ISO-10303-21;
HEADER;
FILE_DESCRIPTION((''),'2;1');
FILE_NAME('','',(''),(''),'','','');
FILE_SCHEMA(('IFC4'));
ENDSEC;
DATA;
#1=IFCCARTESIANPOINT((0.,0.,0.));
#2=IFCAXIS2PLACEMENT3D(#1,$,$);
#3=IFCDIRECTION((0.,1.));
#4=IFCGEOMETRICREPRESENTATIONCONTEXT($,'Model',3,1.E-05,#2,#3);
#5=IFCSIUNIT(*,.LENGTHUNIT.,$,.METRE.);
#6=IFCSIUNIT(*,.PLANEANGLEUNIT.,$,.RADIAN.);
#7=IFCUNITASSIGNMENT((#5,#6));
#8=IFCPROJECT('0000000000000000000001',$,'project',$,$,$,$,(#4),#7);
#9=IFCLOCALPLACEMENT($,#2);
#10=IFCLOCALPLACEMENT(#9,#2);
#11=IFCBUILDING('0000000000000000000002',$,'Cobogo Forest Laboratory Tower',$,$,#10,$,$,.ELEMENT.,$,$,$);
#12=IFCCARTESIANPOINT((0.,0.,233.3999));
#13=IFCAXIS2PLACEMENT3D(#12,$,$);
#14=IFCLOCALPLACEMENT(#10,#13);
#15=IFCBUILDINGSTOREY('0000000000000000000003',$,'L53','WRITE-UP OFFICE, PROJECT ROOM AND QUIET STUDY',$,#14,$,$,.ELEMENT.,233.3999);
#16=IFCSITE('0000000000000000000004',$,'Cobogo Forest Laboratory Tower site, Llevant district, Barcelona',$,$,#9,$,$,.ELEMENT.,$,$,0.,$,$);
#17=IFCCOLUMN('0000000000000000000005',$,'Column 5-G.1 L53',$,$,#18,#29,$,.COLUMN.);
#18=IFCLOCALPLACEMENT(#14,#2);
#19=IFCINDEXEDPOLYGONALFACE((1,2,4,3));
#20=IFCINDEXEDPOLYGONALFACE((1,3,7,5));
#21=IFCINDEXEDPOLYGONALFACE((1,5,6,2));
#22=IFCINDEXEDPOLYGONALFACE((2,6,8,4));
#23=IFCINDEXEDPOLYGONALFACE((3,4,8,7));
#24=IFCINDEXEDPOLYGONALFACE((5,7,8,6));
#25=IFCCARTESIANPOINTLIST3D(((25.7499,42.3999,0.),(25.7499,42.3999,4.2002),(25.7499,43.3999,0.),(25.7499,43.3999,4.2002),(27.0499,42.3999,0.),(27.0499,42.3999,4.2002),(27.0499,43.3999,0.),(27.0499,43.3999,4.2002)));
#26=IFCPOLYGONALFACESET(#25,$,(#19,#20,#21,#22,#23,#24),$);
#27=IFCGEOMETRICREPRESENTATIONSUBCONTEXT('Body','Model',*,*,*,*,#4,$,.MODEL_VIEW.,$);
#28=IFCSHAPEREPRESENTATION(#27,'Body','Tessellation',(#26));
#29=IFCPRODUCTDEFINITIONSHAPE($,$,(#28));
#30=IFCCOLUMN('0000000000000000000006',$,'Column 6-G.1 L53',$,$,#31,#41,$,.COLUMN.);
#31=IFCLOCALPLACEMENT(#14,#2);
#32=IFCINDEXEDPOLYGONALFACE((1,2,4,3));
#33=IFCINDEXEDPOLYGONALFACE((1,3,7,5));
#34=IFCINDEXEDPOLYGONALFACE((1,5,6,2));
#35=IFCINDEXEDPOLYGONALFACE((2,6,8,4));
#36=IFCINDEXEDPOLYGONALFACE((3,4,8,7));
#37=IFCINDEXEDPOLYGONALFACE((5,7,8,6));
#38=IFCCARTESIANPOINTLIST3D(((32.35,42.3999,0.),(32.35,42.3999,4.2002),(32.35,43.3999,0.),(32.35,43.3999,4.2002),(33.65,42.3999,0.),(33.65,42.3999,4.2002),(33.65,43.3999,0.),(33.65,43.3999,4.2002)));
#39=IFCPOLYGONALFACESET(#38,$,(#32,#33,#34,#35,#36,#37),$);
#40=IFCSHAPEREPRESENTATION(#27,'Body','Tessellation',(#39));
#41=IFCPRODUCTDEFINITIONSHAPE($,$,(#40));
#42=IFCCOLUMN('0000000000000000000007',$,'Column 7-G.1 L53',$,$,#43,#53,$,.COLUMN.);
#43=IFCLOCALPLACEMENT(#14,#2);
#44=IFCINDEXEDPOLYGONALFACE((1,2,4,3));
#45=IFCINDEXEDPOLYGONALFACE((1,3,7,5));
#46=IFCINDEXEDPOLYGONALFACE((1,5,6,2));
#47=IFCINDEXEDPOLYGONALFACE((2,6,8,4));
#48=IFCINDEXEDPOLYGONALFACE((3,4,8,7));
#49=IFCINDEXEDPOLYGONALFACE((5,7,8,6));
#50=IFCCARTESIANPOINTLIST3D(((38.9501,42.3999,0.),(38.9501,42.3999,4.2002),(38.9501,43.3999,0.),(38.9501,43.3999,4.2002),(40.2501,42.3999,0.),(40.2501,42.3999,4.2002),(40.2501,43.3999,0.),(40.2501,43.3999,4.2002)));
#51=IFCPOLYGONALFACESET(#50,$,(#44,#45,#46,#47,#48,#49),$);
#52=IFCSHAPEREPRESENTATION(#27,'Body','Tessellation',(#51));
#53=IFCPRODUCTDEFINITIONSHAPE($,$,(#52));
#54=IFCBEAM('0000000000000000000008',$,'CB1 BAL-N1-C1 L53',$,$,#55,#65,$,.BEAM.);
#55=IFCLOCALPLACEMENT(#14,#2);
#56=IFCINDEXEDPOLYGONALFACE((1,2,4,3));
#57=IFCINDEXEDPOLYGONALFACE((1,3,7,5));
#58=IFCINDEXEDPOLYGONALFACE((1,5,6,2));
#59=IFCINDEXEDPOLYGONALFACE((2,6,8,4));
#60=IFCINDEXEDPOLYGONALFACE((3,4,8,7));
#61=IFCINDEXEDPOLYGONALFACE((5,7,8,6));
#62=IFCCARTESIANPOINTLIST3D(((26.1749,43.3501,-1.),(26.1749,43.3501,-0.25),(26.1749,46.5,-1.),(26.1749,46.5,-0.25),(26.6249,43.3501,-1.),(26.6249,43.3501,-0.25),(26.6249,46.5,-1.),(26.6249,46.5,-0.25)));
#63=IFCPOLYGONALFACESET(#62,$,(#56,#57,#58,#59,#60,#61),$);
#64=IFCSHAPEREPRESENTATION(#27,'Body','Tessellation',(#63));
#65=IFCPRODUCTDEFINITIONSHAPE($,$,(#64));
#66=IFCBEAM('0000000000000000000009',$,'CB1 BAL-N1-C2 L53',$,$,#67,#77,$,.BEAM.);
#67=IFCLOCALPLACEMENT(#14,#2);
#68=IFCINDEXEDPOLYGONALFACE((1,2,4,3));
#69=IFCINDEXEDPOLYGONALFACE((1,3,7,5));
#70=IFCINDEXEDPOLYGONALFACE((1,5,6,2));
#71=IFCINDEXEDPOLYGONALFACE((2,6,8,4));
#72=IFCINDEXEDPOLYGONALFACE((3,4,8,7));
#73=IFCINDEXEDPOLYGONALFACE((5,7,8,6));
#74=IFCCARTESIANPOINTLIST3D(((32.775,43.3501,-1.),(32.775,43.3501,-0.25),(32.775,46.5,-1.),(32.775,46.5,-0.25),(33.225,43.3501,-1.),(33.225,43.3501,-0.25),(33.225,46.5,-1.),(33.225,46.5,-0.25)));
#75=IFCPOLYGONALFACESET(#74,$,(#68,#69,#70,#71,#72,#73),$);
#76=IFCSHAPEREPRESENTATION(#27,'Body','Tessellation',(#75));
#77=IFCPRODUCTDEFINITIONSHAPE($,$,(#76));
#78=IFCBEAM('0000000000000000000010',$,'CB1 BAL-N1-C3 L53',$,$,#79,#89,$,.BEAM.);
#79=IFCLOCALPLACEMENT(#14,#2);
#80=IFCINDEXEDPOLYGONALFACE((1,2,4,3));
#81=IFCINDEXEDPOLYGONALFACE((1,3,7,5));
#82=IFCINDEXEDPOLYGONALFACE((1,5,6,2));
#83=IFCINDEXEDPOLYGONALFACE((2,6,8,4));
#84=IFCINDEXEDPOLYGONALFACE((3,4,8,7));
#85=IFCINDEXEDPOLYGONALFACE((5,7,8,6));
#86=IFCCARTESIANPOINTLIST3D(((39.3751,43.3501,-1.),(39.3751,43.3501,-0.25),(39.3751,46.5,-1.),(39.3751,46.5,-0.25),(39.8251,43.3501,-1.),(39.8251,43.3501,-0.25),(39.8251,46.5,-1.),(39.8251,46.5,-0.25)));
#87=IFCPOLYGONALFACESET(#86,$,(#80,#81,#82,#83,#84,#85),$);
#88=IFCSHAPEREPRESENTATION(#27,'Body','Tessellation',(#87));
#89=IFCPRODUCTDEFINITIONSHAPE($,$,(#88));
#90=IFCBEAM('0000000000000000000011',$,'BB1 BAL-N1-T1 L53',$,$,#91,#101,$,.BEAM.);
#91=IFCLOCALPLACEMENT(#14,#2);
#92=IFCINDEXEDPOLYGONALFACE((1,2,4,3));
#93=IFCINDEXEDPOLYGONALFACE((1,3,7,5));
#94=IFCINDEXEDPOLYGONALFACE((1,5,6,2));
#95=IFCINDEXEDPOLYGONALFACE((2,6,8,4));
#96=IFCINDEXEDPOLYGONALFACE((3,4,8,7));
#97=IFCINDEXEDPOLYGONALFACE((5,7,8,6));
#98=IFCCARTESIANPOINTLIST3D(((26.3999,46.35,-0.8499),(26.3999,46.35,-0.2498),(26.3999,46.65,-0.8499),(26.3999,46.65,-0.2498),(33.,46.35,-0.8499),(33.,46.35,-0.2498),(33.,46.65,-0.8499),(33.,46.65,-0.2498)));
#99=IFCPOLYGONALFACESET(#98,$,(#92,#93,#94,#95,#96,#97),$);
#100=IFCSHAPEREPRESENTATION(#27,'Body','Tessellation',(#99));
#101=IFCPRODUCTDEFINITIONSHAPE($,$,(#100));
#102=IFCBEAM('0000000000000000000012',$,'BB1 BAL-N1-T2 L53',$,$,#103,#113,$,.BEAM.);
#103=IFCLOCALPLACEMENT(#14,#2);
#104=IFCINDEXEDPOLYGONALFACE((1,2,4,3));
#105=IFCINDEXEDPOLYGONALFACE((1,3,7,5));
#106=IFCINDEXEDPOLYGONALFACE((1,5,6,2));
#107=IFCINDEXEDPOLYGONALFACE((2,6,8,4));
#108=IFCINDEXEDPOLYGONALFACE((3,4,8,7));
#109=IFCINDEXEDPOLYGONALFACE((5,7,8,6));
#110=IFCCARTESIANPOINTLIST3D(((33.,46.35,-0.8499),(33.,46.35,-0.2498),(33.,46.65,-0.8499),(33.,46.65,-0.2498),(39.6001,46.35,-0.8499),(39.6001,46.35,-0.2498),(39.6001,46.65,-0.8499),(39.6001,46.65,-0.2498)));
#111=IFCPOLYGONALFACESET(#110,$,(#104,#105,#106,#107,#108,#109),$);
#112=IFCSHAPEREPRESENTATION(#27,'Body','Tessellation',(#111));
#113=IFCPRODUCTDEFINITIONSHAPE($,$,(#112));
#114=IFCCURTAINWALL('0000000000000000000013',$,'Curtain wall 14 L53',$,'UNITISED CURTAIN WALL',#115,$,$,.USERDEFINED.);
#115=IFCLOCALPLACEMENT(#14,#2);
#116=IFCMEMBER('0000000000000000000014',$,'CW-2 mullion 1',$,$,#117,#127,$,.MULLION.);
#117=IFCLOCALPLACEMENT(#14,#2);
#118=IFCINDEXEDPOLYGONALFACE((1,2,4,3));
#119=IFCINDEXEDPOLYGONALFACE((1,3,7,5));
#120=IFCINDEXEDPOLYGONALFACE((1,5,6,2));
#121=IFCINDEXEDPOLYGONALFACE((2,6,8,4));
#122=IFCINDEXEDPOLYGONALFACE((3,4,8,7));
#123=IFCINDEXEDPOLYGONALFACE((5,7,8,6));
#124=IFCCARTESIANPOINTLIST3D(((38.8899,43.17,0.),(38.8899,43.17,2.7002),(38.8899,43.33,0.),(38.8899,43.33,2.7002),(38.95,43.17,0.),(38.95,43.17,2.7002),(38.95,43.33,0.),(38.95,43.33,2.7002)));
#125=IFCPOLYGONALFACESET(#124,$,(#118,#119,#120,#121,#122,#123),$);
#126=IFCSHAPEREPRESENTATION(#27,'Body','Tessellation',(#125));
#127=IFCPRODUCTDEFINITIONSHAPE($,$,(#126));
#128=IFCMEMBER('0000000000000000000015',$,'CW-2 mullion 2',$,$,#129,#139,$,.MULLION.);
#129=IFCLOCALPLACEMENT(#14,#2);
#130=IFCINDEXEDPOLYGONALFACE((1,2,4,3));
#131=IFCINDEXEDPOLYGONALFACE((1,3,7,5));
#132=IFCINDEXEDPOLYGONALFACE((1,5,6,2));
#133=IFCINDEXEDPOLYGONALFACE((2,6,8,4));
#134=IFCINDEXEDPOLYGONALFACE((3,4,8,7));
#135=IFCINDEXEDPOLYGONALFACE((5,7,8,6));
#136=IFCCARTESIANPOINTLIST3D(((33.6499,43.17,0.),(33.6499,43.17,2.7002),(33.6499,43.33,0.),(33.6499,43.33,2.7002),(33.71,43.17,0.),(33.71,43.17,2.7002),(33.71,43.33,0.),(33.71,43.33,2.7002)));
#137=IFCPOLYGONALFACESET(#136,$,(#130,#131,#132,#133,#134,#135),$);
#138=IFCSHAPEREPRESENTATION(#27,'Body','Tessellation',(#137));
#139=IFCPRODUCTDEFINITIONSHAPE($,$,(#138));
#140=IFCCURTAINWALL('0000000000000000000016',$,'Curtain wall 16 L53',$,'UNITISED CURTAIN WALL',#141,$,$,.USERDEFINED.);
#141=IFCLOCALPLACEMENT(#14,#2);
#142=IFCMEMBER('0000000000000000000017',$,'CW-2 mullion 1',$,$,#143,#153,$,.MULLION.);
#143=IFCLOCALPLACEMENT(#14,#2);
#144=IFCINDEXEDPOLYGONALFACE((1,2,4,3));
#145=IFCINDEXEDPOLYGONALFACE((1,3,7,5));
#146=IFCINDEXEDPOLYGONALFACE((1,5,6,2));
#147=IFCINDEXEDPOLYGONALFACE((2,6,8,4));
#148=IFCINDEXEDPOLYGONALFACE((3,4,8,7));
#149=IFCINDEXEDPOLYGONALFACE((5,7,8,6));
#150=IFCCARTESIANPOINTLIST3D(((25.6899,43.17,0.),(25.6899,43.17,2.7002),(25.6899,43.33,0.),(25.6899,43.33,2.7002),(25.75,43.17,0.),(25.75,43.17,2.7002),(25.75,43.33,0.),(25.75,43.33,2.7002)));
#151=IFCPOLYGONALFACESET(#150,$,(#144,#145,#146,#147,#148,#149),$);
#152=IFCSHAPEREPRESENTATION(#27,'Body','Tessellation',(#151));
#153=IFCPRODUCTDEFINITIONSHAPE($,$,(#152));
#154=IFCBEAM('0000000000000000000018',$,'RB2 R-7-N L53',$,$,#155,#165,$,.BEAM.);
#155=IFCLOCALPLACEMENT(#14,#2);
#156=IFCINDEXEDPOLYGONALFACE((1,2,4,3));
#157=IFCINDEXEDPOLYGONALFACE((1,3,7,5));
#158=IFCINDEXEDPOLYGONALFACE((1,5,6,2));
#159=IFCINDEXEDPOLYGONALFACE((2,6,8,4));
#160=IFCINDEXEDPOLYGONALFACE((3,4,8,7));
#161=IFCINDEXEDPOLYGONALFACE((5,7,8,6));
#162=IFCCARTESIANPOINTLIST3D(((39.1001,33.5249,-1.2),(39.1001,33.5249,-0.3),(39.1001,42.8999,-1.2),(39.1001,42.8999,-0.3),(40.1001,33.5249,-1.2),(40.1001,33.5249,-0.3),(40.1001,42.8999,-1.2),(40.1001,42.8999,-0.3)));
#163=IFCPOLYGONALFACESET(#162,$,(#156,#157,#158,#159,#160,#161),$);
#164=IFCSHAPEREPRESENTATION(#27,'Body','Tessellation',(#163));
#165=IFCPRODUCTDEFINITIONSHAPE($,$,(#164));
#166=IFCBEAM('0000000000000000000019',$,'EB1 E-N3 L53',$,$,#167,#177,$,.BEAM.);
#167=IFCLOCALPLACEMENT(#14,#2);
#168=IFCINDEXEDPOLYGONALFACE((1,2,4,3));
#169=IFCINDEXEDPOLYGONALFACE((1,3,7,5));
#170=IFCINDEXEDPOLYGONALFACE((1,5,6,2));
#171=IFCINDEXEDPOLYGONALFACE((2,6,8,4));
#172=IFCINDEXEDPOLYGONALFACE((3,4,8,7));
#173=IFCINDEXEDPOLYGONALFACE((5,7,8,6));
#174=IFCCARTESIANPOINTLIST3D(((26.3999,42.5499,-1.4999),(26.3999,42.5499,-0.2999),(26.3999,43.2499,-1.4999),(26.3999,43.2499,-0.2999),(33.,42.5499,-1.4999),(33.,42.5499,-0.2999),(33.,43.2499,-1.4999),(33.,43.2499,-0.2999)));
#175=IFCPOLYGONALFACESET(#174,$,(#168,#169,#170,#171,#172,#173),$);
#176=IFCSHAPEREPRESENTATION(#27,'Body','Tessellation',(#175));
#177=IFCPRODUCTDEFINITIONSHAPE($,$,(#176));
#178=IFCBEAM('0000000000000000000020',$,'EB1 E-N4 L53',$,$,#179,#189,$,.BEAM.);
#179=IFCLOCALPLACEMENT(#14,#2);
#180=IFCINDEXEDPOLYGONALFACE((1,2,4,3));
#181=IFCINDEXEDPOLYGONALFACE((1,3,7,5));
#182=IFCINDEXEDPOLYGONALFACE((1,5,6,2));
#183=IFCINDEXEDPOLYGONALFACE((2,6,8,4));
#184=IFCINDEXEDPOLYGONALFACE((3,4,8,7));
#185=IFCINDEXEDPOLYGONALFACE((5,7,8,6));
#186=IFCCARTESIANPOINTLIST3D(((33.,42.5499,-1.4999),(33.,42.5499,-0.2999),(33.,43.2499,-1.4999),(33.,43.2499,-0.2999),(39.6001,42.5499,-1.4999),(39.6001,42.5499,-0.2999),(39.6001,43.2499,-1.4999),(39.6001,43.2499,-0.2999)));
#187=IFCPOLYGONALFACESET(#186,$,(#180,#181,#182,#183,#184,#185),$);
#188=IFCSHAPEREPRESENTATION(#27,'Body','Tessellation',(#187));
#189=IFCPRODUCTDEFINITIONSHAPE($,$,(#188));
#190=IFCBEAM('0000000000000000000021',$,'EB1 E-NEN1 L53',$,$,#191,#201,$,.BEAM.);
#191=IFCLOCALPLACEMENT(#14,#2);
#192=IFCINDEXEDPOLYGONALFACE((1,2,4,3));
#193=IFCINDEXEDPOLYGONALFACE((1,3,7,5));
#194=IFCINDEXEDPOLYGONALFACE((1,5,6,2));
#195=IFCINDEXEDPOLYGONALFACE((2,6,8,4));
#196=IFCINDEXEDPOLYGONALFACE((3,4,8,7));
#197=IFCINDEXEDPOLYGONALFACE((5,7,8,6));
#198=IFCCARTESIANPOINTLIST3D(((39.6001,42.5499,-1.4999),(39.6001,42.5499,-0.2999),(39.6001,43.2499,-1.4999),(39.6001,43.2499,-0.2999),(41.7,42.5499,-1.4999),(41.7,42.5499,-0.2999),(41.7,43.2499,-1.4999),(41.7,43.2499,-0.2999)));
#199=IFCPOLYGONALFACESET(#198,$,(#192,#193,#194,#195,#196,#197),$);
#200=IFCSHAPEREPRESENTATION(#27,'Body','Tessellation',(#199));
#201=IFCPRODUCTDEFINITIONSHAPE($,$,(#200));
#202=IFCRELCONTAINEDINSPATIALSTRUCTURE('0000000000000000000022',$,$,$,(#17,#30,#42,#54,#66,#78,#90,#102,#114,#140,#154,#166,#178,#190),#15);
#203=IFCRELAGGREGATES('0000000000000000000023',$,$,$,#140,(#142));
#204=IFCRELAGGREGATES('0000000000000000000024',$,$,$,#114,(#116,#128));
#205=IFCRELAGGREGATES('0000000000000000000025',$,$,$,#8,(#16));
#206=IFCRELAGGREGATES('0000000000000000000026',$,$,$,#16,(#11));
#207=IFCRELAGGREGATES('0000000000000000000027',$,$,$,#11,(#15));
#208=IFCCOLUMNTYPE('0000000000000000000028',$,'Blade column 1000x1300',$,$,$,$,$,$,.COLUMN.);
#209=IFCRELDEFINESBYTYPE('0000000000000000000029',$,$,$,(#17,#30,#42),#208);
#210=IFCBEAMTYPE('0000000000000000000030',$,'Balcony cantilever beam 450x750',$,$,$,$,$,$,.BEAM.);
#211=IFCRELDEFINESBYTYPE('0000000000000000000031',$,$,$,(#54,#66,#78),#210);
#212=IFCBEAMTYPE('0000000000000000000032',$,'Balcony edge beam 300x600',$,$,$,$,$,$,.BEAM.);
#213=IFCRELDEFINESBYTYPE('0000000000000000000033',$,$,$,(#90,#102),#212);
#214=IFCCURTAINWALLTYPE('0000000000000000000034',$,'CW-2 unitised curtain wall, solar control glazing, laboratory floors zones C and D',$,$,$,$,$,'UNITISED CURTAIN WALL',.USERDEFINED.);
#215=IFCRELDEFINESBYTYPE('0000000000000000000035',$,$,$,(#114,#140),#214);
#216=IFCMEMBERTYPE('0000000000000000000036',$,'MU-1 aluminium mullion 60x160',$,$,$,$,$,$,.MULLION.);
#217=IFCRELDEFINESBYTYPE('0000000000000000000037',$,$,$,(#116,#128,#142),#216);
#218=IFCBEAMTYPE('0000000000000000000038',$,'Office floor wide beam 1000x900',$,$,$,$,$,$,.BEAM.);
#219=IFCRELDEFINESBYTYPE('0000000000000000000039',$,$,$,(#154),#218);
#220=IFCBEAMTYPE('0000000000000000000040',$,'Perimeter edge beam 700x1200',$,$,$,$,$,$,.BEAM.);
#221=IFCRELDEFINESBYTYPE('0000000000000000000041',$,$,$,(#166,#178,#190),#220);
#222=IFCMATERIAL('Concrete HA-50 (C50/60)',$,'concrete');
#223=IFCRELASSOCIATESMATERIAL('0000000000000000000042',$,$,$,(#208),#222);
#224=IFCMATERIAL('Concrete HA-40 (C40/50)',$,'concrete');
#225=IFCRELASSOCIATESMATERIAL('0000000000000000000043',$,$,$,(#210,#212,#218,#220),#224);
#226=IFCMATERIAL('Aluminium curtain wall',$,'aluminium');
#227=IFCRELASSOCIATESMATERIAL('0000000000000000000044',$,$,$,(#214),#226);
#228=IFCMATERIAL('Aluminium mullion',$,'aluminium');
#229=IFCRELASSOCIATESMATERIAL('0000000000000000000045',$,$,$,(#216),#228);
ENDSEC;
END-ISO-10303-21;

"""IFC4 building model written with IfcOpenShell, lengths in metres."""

from ifc_helpers import new_model, si_unit, direction, frame, origin, origin_2d, place, context, subcontext, project, spatial, rectangle, extrude, material, material_profile, profile_set, type_object, element, aggregate, save


model = new_model("IFC4")

# Units and contexts
model_context = context("Model", 3, precision=1e-05, world=origin(), true_north=direction((0.0, 1.0)))
body_context = subcontext(model_context, "Body", "Model", "MODEL_VIEW")
ifc_project = project(units=[si_unit("LENGTHUNIT", "METRE"), si_unit("PLANEANGLEUNIT", "RADIAN")], contexts=[model_context])

# Site, building, storey
site_placement = place(None, origin())
site = spatial("IfcSite", under=ifc_project, at=site_placement, Name="Cobogo Forest Laboratory Tower site, Llevant district, Barcelona", CompositionType="ELEMENT", RefElevation=0.0)
building_placement = place(site_placement, origin())
building = spatial("IfcBuilding", under=site, at=building_placement, Name="Cobogo Forest Laboratory Tower", CompositionType="ELEMENT")
storey_placement = place(building_placement, frame((0.0, 0.0, 233.3999)))
storey = spatial("IfcBuildingStorey", under=building, at=storey_placement, Name="L53", Description="WRITE-UP OFFICE, PROJECT ROOM AND QUIET STUDY", CompositionType="ELEMENT", Elevation=233.3999)

# Columns
ifc_material_1 = material(Name="Concrete HA-50 (C50/60)", Category="concrete")
ifc_material_profile_1 = material_profile(ifc_material_1, rectangle(XDim=1.3, YDim=1.0, at=origin_2d()), Name="RC 1000x1300")
ifc_profile_set_1 = profile_set([ifc_material_profile_1], Name="Concrete HA-50 (C50/60)")
column_type = type_object("IfcColumnType", Name="Blade column 1000x1300", PredefinedType="COLUMN", material=ifc_profile_set_1)
for number, where, z_axis, x_axis, name in (
    (1, (26.3999, 42.8999, 0.0), (0.0, 0.0, 1.0), (1.0, 0.0, 0.0), "Column 5-G.1 L53"),
    (2, (33.0, 42.8999, 0.0), (0.0, 0.0, 1.0), (1.0, 0.0, 0.0), "Column 6-G.1 L53"),
    (3, (39.6001, 42.8999, 0.0), (0.0, 0.0, 1.0), (1.0, 0.0, 0.0), "Column 7-G.1 L53"),
):
    element("IfcColumn", number, at=place(storey_placement, frame(where, z_axis=z_axis, x_axis=x_axis)), inside=storey, type_object=column_type, Name=name, PredefinedType="COLUMN", context=body_context, shape_type="SweptSolid", body=[
        extrude(rectangle(XDim=1.3, YDim=1.0, at=origin_2d()), origin(), (0.0, 0.0, 1.0), 4.2002),
    ])

# Beams
ifc_material_2 = material(Name="Concrete HA-40 (C40/50)", Category="concrete")
ifc_material_profile_2 = material_profile(ifc_material_2, rectangle(XDim=0.45, YDim=0.75, at=origin_2d()), Name="RC 450x750")
ifc_profile_set_2 = profile_set([ifc_material_profile_2], Name="Concrete HA-40 (C40/50)")
beam_type_1 = type_object("IfcBeamType", Name="Balcony cantilever beam 450x750", PredefinedType="BEAM", material=ifc_profile_set_2)
for number, where, z_axis, x_axis, name in (
    (4, (26.3999, 43.3501, -0.625), (0.0, 1.0, 0.0), (-1.0, 0.0, 0.0), "CB1 BAL-N1-C1 L53"),
    (5, (33.0, 43.3501, -0.625), (0.0, 1.0, 0.0), (-1.0, 0.0, 0.0), "CB1 BAL-N1-C2 L53"),
    (6, (39.6001, 43.3501, -0.625), (0.0, 1.0, 0.0), (-1.0, 0.0, 0.0), "CB1 BAL-N1-C3 L53"),
):
    element("IfcBeam", number, at=place(storey_placement, frame(where, z_axis=z_axis, x_axis=x_axis)), inside=storey, type_object=beam_type_1, Name=name, PredefinedType="BEAM", context=body_context, shape_type="SweptSolid", body=[
        extrude(rectangle(XDim=0.45, YDim=0.75, at=origin_2d()), origin(), (0.0, 0.0, 1.0), 3.1499),
    ])
ifc_material_profile_3 = material_profile(ifc_material_2, rectangle(XDim=0.3, YDim=0.6001, at=origin_2d()), Name="RC 300x600")
ifc_profile_set_3 = profile_set([ifc_material_profile_3], Name="Concrete HA-40 (C40/50)")
beam_type_2 = type_object("IfcBeamType", Name="Balcony edge beam 300x600", PredefinedType="BEAM", material=ifc_profile_set_3)
for number, where, z_axis, x_axis, name in (
    (7, (26.3999, 46.5, -0.5498), (1.0, 0.0, 0.0), (0.0, 1.0, 0.0), "BB1 BAL-N1-T1 L53"),
    (8, (33.0, 46.5, -0.5498), (1.0, 0.0, 0.0), (0.0, 1.0, 0.0), "BB1 BAL-N1-T2 L53"),
):
    element("IfcBeam", number, at=place(storey_placement, frame(where, z_axis=z_axis, x_axis=x_axis)), inside=storey, type_object=beam_type_2, Name=name, PredefinedType="BEAM", context=body_context, shape_type="SweptSolid", body=[
        extrude(rectangle(XDim=0.3, YDim=0.6001, at=origin_2d()), origin(), (0.0, 0.0, 1.0), 6.6001),
    ])

# Curtain wall, members
ifc_material_3 = material(Name="Aluminium curtain wall", Category="aluminium")
curtain_wall_type = type_object("IfcCurtainWallType", Name="CW-2 unitised curtain wall, solar control glazing, laboratory floors zones C and D", ElementType="UNITISED CURTAIN WALL", PredefinedType="USERDEFINED", material=ifc_material_3)
curtain_wall_1_placement = place(storey_placement, origin())
curtain_wall_1 = element("IfcCurtainWall", 9, at=curtain_wall_1_placement, inside=storey, type_object=curtain_wall_type, Name="Curtain wall 14 L53", ObjectType="UNITISED CURTAIN WALL", PredefinedType="USERDEFINED")
ifc_material_4 = material(Name="Aluminium mullion", Category="aluminium")
ifc_material_profile_4 = material_profile(ifc_material_4, rectangle(XDim=0.0601, YDim=0.1599, at=origin_2d()), Name="AL 60x160")
ifc_profile_set_4 = profile_set([ifc_material_profile_4], Name="Aluminium mullion")
member_type_1 = type_object("IfcMemberType", Name="MU-1 aluminium mullion 60x160", PredefinedType="MULLION", material=ifc_profile_set_4)
member_1_placement = place(storey_placement, frame((38.9199, 43.25, 0.0), z_axis=(0.0, 0.0, 1.0), x_axis=(-1.0, 0.0, 0.0)))
member_1 = element("IfcMember", 10, at=member_1_placement, type_object=member_type_1, Name="CW-2 mullion 1", PredefinedType="MULLION", context=body_context, shape_type="SweptSolid", body=[
    extrude(rectangle(XDim=0.0601, YDim=0.1599, at=origin_2d()), origin(), (0.0, 0.0, 1.0), 2.7002),
])
member_2_placement = place(storey_placement, frame((33.6799, 43.25, 0.0), z_axis=(0.0, 0.0, 1.0), x_axis=(-1.0, 0.0, 0.0)))
member_2 = element("IfcMember", 11, at=member_2_placement, type_object=member_type_1, Name="CW-2 mullion 2", PredefinedType="MULLION", context=body_context, shape_type="SweptSolid", body=[
    extrude(rectangle(XDim=0.0601, YDim=0.1599, at=origin_2d()), origin(), (0.0, 0.0, 1.0), 2.7002),
])

# Curtain wall, member
curtain_wall_2_placement = place(storey_placement, origin())
curtain_wall_2 = element("IfcCurtainWall", 12, at=curtain_wall_2_placement, inside=storey, type_object=curtain_wall_type, Name="Curtain wall 16 L53", ObjectType="UNITISED CURTAIN WALL", PredefinedType="USERDEFINED")
member_3_placement = place(storey_placement, frame((25.72, 43.25, 0.0), z_axis=(0.0, 0.0, 1.0), x_axis=(-1.0, 0.0, 0.0)))
member_3 = element("IfcMember", 13, at=member_3_placement, type_object=member_type_1, Name="CW-2 mullion 1", PredefinedType="MULLION", context=body_context, shape_type="SweptSolid", body=[
    extrude(rectangle(XDim=0.0601, YDim=0.1599, at=origin_2d()), origin(), (0.0, 0.0, 1.0), 2.7002),
])
aggregate(curtain_wall_2, [member_3])

# Beams
ifc_material_profile_5 = material_profile(ifc_material_2, rectangle(XDim=1.0, YDim=0.8999, at=origin_2d()), Name="RC 1000x900")
ifc_profile_set_5 = profile_set([ifc_material_profile_5], Name="Concrete HA-40 (C40/50)")
beam_type_3 = type_object("IfcBeamType", Name="Office floor wide beam 1000x900", PredefinedType="BEAM", material=ifc_profile_set_5)
beam_1_placement = place(storey_placement, frame((39.6001, 33.5249, -0.75), z_axis=(0.0, 1.0, 0.0), x_axis=(-1.0, 0.0, 0.0)))
element("IfcBeam", 14, at=beam_1_placement, inside=storey, type_object=beam_type_3, Name="RB2 R-7-N L53", PredefinedType="BEAM", context=body_context, shape_type="SweptSolid", body=[
    extrude(rectangle(XDim=1.0, YDim=0.8999, at=origin_2d()), origin(), (0.0, 0.0, 1.0), 9.375),
])
ifc_material_profile_6 = material_profile(ifc_material_2, rectangle(XDim=0.7, YDim=1.2, at=origin_2d()), Name="RC 700x1200")
ifc_profile_set_6 = profile_set([ifc_material_profile_6], Name="Concrete HA-40 (C40/50)")
beam_type_4 = type_object("IfcBeamType", Name="Perimeter edge beam 700x1200", PredefinedType="BEAM", material=ifc_profile_set_6)
for number, where, z_axis, x_axis, name in (
    (15, (26.3999, 42.8999, -0.8999), (1.0, 0.0, 0.0), (0.0, 1.0, 0.0), "EB1 E-N3 L53"),
    (16, (33.0, 42.8999, -0.8999), (1.0, 0.0, 0.0), (0.0, 1.0, 0.0), "EB1 E-N4 L53"),
):
    element("IfcBeam", number, at=place(storey_placement, frame(where, z_axis=z_axis, x_axis=x_axis)), inside=storey, type_object=beam_type_4, Name=name, PredefinedType="BEAM", context=body_context, shape_type="SweptSolid", body=[
        extrude(rectangle(XDim=0.7, YDim=1.2, at=origin_2d()), origin(), (0.0, 0.0, 1.0), 6.6001),
    ])
beam_2_placement = place(storey_placement, frame((39.6001, 42.8999, -0.8999), z_axis=(1.0, 0.0, 0.0), x_axis=(0.0, 1.0, 0.0)))
element("IfcBeam", 17, at=beam_2_placement, inside=storey, type_object=beam_type_4, Name="EB1 E-NEN1 L53", PredefinedType="BEAM", context=body_context, shape_type="SweptSolid", body=[
    extrude(rectangle(XDim=0.7, YDim=1.2, at=origin_2d()), origin(), (0.0, 0.0, 1.0), 2.0999),
])

aggregate(curtain_wall_1, [member_1, member_2])

save(model, "model.ifc")
